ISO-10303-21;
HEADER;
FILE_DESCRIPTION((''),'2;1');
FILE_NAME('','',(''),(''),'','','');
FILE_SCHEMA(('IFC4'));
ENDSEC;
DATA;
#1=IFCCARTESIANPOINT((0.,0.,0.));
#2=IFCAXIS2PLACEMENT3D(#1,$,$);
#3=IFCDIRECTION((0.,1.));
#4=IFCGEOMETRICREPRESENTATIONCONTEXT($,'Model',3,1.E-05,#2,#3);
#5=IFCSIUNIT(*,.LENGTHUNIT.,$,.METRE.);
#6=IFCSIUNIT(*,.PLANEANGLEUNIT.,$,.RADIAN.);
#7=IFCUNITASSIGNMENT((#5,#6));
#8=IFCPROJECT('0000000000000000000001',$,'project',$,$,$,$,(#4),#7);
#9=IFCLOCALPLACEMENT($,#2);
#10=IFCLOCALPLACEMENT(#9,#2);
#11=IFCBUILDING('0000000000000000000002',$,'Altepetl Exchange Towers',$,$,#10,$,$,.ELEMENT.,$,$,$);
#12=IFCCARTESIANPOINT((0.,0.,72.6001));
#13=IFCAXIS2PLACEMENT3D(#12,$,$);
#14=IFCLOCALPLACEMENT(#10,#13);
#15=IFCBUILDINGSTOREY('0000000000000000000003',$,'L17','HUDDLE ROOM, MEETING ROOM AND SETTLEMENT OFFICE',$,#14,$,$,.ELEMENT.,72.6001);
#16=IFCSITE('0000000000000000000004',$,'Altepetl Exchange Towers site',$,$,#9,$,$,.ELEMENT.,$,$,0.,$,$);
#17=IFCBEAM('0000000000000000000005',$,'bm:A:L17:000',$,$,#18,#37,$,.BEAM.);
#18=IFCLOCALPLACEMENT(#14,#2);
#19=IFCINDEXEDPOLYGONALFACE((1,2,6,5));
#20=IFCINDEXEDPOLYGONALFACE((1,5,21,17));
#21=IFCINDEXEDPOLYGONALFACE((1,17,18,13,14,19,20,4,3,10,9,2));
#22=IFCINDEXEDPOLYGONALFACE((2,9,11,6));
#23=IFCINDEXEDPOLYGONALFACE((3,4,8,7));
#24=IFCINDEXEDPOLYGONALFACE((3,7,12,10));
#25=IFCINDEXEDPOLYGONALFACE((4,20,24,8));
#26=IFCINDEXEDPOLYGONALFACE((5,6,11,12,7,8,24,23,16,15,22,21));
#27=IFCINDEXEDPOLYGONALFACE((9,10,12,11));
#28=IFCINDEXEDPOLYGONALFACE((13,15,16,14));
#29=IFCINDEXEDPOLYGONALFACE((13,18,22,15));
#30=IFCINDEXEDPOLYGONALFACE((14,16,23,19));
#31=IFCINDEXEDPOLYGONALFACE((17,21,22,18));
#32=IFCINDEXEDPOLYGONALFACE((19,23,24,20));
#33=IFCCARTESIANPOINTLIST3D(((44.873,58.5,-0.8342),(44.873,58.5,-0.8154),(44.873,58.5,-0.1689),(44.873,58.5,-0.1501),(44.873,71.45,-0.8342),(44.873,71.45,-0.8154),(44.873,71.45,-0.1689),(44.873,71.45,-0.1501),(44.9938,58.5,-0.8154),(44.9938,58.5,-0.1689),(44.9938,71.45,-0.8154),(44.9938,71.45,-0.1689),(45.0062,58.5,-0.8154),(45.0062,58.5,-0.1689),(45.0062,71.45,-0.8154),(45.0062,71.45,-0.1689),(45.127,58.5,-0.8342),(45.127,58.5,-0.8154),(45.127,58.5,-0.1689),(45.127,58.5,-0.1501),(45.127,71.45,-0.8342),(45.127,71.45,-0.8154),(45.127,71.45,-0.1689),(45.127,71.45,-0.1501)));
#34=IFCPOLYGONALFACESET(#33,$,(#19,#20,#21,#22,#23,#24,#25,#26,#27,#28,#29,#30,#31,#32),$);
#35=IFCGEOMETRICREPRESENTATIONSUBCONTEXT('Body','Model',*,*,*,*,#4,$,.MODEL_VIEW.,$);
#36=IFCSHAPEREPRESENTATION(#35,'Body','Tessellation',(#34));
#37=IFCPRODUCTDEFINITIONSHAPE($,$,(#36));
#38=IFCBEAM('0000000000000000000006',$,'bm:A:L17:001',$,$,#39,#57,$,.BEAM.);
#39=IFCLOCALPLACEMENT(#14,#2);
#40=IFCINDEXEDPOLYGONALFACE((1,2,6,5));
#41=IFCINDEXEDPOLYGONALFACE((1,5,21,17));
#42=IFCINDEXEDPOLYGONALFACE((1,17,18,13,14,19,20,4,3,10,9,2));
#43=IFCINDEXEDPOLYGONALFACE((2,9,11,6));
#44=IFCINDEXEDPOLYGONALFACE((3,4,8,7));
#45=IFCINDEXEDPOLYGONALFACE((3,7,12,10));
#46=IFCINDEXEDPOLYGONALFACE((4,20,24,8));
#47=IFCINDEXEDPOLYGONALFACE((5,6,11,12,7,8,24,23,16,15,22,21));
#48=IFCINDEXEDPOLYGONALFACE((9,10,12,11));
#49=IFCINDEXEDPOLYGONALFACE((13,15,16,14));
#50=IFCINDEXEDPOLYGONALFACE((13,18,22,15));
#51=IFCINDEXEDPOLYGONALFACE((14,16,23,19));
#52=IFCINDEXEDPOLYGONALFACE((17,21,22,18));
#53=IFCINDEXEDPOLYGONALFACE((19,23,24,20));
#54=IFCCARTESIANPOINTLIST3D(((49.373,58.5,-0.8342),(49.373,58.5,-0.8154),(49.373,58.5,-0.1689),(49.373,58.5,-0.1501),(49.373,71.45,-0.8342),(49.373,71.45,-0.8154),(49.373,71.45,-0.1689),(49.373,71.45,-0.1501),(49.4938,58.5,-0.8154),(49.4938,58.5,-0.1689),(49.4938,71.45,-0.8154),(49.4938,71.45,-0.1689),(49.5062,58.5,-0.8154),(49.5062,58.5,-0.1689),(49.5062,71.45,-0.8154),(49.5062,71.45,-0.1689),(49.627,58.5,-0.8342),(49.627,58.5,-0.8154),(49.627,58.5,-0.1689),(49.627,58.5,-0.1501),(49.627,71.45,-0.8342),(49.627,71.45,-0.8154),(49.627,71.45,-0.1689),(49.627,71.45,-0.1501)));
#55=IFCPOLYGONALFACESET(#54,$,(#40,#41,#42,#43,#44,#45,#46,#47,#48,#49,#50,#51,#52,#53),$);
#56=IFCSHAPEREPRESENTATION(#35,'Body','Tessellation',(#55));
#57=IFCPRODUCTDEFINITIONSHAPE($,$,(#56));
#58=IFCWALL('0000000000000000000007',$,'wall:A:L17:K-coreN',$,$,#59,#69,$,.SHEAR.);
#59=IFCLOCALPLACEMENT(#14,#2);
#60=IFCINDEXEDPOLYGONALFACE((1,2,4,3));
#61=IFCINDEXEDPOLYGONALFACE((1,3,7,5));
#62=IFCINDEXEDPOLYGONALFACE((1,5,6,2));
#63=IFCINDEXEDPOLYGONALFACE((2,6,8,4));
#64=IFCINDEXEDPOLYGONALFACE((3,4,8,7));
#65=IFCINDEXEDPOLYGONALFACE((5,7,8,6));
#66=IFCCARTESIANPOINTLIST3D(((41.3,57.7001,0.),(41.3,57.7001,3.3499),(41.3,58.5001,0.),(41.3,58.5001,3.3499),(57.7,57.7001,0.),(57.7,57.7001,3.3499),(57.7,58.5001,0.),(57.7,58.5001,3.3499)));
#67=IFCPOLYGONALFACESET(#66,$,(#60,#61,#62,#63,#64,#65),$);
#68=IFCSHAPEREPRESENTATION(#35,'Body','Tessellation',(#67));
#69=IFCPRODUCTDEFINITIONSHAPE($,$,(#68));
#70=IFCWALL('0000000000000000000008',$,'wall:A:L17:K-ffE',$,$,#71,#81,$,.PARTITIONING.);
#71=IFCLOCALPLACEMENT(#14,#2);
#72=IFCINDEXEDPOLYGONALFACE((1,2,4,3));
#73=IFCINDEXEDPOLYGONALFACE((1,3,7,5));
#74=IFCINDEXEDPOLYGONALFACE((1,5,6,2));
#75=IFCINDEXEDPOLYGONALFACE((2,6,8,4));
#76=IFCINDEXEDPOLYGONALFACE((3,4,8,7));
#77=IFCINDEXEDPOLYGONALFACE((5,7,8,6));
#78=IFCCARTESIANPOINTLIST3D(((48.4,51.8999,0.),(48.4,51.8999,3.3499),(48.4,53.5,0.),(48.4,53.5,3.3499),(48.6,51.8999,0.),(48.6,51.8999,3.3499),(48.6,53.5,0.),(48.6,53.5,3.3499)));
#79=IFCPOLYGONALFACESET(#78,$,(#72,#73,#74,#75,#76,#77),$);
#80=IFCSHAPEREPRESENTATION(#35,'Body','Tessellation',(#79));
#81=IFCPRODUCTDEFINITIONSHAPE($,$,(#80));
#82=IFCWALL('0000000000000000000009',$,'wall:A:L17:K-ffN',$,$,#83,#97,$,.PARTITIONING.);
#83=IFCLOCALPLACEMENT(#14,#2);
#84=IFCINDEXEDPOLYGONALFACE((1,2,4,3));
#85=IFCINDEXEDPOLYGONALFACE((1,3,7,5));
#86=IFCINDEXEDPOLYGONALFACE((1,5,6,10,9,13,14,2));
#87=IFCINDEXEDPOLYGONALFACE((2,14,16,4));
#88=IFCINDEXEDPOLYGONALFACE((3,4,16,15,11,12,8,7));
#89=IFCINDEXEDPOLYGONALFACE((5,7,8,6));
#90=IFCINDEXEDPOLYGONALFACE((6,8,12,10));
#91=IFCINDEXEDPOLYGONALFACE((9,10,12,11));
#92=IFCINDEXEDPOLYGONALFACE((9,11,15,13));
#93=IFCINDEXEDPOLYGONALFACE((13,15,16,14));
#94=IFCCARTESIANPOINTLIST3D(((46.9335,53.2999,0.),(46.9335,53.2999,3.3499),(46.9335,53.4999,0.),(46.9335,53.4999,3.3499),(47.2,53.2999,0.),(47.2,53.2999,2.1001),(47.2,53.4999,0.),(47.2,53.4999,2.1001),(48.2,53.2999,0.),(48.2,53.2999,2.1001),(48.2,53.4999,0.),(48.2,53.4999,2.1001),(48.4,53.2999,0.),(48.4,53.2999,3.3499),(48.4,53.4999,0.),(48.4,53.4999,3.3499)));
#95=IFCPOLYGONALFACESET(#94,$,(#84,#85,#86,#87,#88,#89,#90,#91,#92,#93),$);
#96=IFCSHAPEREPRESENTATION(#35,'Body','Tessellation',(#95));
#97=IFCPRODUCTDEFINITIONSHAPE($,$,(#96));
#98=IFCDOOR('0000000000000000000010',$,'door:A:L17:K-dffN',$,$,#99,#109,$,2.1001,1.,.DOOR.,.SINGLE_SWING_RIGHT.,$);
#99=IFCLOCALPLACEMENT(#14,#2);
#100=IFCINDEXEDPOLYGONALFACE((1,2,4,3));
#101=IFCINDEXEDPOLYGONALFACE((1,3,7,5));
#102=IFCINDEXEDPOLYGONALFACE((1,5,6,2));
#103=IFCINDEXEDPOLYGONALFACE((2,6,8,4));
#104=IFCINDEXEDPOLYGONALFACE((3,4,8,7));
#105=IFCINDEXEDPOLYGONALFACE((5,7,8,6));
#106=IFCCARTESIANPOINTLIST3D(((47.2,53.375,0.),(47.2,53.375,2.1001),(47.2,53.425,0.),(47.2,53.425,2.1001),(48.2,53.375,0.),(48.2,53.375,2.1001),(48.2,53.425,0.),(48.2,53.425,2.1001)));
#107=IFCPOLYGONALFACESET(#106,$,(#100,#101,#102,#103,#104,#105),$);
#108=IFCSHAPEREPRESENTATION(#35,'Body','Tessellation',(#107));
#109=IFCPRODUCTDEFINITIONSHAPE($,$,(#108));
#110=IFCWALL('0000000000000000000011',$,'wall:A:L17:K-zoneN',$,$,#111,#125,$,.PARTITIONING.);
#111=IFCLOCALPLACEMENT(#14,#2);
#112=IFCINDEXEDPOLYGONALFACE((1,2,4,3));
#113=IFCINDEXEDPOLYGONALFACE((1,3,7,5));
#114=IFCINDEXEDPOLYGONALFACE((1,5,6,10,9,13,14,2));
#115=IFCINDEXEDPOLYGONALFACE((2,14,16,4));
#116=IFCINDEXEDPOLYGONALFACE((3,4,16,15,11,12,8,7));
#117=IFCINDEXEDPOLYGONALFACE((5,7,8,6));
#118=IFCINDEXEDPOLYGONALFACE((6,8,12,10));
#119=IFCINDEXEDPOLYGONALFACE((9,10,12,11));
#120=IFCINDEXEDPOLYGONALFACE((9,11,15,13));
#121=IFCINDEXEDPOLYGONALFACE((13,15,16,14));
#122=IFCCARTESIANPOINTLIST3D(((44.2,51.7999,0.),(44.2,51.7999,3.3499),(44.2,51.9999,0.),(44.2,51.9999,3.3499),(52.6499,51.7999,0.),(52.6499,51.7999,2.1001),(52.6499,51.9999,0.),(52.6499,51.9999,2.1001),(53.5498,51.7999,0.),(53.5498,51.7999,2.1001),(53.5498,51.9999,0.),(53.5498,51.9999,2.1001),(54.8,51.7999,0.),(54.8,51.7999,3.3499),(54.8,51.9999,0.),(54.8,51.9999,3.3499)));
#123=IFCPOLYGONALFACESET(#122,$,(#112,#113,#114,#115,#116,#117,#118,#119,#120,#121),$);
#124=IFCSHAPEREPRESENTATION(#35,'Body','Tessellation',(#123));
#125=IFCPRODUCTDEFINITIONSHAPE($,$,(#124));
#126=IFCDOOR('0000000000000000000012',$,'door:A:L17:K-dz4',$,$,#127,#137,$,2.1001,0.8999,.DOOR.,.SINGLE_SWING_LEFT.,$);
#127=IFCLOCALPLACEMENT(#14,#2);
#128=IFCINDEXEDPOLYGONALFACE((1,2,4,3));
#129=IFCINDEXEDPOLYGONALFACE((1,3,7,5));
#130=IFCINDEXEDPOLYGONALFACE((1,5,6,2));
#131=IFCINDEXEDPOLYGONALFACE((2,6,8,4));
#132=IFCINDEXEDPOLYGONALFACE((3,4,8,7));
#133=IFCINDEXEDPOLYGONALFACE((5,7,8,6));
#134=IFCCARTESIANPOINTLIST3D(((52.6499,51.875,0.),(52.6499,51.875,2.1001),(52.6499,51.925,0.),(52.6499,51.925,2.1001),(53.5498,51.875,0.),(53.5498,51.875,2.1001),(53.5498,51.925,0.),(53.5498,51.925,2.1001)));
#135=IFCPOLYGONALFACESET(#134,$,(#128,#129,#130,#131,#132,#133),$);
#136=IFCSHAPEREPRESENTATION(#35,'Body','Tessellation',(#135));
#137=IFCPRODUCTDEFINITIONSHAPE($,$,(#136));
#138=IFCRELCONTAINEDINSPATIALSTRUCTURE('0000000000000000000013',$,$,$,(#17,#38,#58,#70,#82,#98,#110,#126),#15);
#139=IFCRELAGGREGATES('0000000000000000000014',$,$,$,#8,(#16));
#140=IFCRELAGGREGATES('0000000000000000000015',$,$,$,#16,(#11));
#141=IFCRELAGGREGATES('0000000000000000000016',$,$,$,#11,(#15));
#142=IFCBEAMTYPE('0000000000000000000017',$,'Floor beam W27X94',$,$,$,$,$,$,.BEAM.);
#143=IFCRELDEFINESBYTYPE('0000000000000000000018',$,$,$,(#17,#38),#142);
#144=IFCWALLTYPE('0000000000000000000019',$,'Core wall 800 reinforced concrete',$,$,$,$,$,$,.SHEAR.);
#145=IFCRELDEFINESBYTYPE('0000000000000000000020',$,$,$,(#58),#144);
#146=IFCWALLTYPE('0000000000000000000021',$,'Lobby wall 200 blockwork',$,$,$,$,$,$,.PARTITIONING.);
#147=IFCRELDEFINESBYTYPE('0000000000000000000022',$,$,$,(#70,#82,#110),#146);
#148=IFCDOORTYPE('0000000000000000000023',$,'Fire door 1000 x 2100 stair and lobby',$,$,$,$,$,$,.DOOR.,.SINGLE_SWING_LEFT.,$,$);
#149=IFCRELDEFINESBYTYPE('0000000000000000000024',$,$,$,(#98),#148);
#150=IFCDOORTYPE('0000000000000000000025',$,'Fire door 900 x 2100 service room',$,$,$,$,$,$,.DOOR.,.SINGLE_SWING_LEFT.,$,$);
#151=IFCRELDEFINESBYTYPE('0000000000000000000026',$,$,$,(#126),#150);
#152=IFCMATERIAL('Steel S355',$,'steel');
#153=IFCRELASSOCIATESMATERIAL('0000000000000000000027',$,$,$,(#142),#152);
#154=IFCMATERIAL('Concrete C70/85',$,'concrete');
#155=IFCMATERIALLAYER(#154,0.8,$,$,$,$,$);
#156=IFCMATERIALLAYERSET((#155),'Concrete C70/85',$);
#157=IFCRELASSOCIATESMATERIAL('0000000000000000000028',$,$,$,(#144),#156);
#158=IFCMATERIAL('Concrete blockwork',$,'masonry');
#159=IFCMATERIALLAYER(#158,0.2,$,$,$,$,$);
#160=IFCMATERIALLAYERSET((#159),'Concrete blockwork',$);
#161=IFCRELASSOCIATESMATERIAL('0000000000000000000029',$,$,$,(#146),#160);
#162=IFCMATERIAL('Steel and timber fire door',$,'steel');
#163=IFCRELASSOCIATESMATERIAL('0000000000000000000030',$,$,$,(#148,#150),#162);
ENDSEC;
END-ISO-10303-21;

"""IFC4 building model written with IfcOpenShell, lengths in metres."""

from ifc_helpers import new_model, si_unit, direction, frame, frame_2d, origin, origin_2d, place, context, subcontext, project, spatial, rectangle, i_section, extrude, material, layer, layer_set, material_profile, profile_set, type_object, element, fill, save


model = new_model("IFC4")

# Units and contexts
model_context = context("Model", 3, precision=1e-05, world=origin(), true_north=direction((0.0, 1.0)))
body_context = subcontext(model_context, "Body", "Model", "MODEL_VIEW")
ifc_project = project(units=[si_unit("LENGTHUNIT", "METRE"), si_unit("PLANEANGLEUNIT", "RADIAN")], contexts=[model_context])

# Site, building, storey
site_placement = place(None, origin())
site = spatial("IfcSite", under=ifc_project, at=site_placement, Name="Altepetl Exchange Towers site", CompositionType="ELEMENT", RefElevation=0.0)
building_placement = place(site_placement, origin())
building = spatial("IfcBuilding", under=site, at=building_placement, Name="Altepetl Exchange Towers", CompositionType="ELEMENT")
storey_placement = place(building_placement, frame((0.0, 0.0, 72.6001)))
storey = spatial("IfcBuildingStorey", under=building, at=storey_placement, Name="L17", Description="HUDDLE ROOM, MEETING ROOM AND SETTLEMENT OFFICE", CompositionType="ELEMENT", Elevation=72.6001)

# Beams
ifc_material_1 = material(Name="Steel S355", Category="steel")
ifc_material_profile = material_profile(ifc_material_1, i_section(OverallWidth=0.2539, OverallDepth=0.6841, WebThickness=0.0125, FlangeThickness=0.0188, at=origin_2d()), Name="W27X94")
ifc_profile_set = profile_set([ifc_material_profile], Name="Steel S355")
beam_type = type_object("IfcBeamType", Name="Floor beam W27X94", PredefinedType="BEAM", material=ifc_profile_set)
for number, where, z_axis, x_axis, name in (
    (1, (45.0, 58.5, -0.4922), (0.0, 1.0, 0.0), (-1.0, 0.0, 0.0), "bm:A:L17:000"),
    (2, (49.5, 58.5, -0.4922), (0.0, 1.0, 0.0), (-1.0, 0.0, 0.0), "bm:A:L17:001"),
):
    element("IfcBeam", number, at=place(storey_placement, frame(where, z_axis=z_axis, x_axis=x_axis)), inside=storey, type_object=beam_type, Name=name, PredefinedType="BEAM", context=body_context, shape_type="SweptSolid", body=[
        extrude(i_section(OverallWidth=0.2539, OverallDepth=0.6841, WebThickness=0.0125, FlangeThickness=0.0188, at=origin_2d()), origin(), (0.0, 0.0, 1.0), 12.95),
    ])

# Walls
ifc_material_2 = material(Name="Concrete C70/85", Category="concrete")
ifc_layer_1 = layer(ifc_material_2, 0.8)
ifc_layer_set_1 = layer_set([ifc_layer_1], Name="Concrete C70/85")
wall_type_1 = type_object("IfcWallType", Name="Core wall 800 reinforced concrete", PredefinedType="SHEAR", material=ifc_layer_set_1)
wall_1_placement = place(storey_placement, frame((41.3, 58.1001, 0.0)))
element("IfcWall", 3, at=wall_1_placement, inside=storey, type_object=wall_type_1, Name="wall:A:L17:K-coreN", PredefinedType="SHEAR", context=body_context, shape_type="SweptSolid", body=[
    extrude(rectangle(XDim=16.3999, YDim=0.8, at=frame_2d((8.2, 0.0))), origin(), (0.0, 0.0, 1.0), 3.3499),
])
ifc_material_3 = material(Name="Concrete blockwork", Category="masonry")
ifc_layer_2 = layer(ifc_material_3, 0.2)
ifc_layer_set_2 = layer_set([ifc_layer_2], Name="Concrete blockwork")
wall_type_2 = type_object("IfcWallType", Name="Lobby wall 200 blockwork", PredefinedType="PARTITIONING", material=ifc_layer_set_2)
wall_2_placement = place(storey_placement, frame((48.5, 51.8999, 0.0), z_axis=(0.0, 0.0, 1.0), x_axis=(0.0, 1.0, 0.0)))
element("IfcWall", 4, at=wall_2_placement, inside=storey, type_object=wall_type_2, Name="wall:A:L17:K-ffE", PredefinedType="PARTITIONING", context=body_context, shape_type="SweptSolid", body=[
    extrude(rectangle(XDim=1.6001, YDim=0.2, at=frame_2d((0.8, 0.0))), origin(), (0.0, 0.0, 1.0), 3.3499),
])

# Walls, openings, doors
wall_3_placement = place(storey_placement, frame((46.9333, 53.3999, 0.0)))
wall_3 = element("IfcWall", 5, at=wall_3_placement, inside=storey, type_object=wall_type_2, Name="wall:A:L17:K-ffN", PredefinedType="PARTITIONING", context=body_context, shape_type="SweptSolid", body=[
    extrude(rectangle(XDim=1.4666, YDim=0.2, at=frame_2d((0.7334, 0.0))), origin(), (0.0, 0.0, 1.0), 3.3499),
])
opening_1_placement = place(wall_3_placement, frame((0.2666, 0.0, 0.0)))
opening_1 = element("IfcOpeningElement", 6, at=opening_1_placement, cuts=wall_3, PredefinedType="OPENING", context=body_context, shape_type="SweptSolid", body=[
    extrude(rectangle(XDim=1.0, YDim=2.1001, at=frame_2d((0.5, 1.05))), frame((0.0, 0.1099, 0.0), z_axis=(0.0, -1.0, 0.0), x_axis=(1.0, 0.0, 0.0)), (0.0, 0.0, 1.0), 0.22),
])
ifc_material_4 = material(Name="Steel and timber fire door", Category="steel")
door_type_1 = type_object("IfcDoorType", Name="Fire door 1000 x 2100 stair and lobby", OperationType="SINGLE_SWING_LEFT", PredefinedType="DOOR", material=ifc_material_4)
door_1_placement = place(opening_1_placement, frame((1.0, 0.0, 0.0), x_axis=(-1.0, 0.0, 0.0)))
door_1 = element("IfcDoor", 7, at=door_1_placement, inside=storey, type_object=door_type_1, Name="door:A:L17:K-dffN", OperationType="SINGLE_SWING_RIGHT", OverallHeight=2.1001, OverallWidth=1.0, PredefinedType="DOOR", context=body_context, shape_type="SweptSolid", body=[
    extrude(rectangle(XDim=1.0, YDim=2.1001, at=frame_2d((0.5, 1.05))), frame((0.0, 0.0249, 0.0), z_axis=(0.0, -1.0, 0.0), x_axis=(1.0, 0.0, 0.0)), (0.0, 0.0, 1.0), 0.05),
])
fill(opening_1, door_1)
wall_4_placement = place(storey_placement, frame((44.2, 51.8999, 0.0)))
wall_4 = element("IfcWall", 8, at=wall_4_placement, inside=storey, type_object=wall_type_2, Name="wall:A:L17:K-zoneN", PredefinedType="PARTITIONING", context=body_context, shape_type="SweptSolid", body=[
    extrude(rectangle(XDim=10.6001, YDim=0.2, at=frame_2d((5.3, 0.0))), origin(), (0.0, 0.0, 1.0), 3.3499),
])
opening_2_placement = place(wall_4_placement, frame((8.45, 0.0, 0.0)))
opening_2 = element("IfcOpeningElement", 9, at=opening_2_placement, cuts=wall_4, PredefinedType="OPENING", context=body_context, shape_type="SweptSolid", body=[
    extrude(rectangle(XDim=0.8999, YDim=2.1001, at=frame_2d((0.45, 1.05))), frame((0.0, 0.1099, 0.0), z_axis=(0.0, -1.0, 0.0), x_axis=(1.0, 0.0, 0.0)), (0.0, 0.0, 1.0), 0.22),
])
door_type_2 = type_object("IfcDoorType", Name="Fire door 900 x 2100 service room", OperationType="SINGLE_SWING_LEFT", PredefinedType="DOOR", material=ifc_material_4)
door_2_placement = place(opening_2_placement, frame((0.8999, 0.0, 0.0), x_axis=(-1.0, 0.0, 0.0)))
door_2 = element("IfcDoor", 10, at=door_2_placement, inside=storey, type_object=door_type_2, Name="door:A:L17:K-dz4", OperationType="SINGLE_SWING_LEFT", OverallHeight=2.1001, OverallWidth=0.8999, PredefinedType="DOOR", context=body_context, shape_type="SweptSolid", body=[
    extrude(rectangle(XDim=0.8999, YDim=2.1001, at=frame_2d((0.45, 1.05))), frame((0.0, 0.0249, 0.0), z_axis=(0.0, -1.0, 0.0), x_axis=(1.0, 0.0, 0.0)), (0.0, 0.0, 1.0), 0.05),
])
fill(opening_2, door_2)

save(model, "model.ifc")
